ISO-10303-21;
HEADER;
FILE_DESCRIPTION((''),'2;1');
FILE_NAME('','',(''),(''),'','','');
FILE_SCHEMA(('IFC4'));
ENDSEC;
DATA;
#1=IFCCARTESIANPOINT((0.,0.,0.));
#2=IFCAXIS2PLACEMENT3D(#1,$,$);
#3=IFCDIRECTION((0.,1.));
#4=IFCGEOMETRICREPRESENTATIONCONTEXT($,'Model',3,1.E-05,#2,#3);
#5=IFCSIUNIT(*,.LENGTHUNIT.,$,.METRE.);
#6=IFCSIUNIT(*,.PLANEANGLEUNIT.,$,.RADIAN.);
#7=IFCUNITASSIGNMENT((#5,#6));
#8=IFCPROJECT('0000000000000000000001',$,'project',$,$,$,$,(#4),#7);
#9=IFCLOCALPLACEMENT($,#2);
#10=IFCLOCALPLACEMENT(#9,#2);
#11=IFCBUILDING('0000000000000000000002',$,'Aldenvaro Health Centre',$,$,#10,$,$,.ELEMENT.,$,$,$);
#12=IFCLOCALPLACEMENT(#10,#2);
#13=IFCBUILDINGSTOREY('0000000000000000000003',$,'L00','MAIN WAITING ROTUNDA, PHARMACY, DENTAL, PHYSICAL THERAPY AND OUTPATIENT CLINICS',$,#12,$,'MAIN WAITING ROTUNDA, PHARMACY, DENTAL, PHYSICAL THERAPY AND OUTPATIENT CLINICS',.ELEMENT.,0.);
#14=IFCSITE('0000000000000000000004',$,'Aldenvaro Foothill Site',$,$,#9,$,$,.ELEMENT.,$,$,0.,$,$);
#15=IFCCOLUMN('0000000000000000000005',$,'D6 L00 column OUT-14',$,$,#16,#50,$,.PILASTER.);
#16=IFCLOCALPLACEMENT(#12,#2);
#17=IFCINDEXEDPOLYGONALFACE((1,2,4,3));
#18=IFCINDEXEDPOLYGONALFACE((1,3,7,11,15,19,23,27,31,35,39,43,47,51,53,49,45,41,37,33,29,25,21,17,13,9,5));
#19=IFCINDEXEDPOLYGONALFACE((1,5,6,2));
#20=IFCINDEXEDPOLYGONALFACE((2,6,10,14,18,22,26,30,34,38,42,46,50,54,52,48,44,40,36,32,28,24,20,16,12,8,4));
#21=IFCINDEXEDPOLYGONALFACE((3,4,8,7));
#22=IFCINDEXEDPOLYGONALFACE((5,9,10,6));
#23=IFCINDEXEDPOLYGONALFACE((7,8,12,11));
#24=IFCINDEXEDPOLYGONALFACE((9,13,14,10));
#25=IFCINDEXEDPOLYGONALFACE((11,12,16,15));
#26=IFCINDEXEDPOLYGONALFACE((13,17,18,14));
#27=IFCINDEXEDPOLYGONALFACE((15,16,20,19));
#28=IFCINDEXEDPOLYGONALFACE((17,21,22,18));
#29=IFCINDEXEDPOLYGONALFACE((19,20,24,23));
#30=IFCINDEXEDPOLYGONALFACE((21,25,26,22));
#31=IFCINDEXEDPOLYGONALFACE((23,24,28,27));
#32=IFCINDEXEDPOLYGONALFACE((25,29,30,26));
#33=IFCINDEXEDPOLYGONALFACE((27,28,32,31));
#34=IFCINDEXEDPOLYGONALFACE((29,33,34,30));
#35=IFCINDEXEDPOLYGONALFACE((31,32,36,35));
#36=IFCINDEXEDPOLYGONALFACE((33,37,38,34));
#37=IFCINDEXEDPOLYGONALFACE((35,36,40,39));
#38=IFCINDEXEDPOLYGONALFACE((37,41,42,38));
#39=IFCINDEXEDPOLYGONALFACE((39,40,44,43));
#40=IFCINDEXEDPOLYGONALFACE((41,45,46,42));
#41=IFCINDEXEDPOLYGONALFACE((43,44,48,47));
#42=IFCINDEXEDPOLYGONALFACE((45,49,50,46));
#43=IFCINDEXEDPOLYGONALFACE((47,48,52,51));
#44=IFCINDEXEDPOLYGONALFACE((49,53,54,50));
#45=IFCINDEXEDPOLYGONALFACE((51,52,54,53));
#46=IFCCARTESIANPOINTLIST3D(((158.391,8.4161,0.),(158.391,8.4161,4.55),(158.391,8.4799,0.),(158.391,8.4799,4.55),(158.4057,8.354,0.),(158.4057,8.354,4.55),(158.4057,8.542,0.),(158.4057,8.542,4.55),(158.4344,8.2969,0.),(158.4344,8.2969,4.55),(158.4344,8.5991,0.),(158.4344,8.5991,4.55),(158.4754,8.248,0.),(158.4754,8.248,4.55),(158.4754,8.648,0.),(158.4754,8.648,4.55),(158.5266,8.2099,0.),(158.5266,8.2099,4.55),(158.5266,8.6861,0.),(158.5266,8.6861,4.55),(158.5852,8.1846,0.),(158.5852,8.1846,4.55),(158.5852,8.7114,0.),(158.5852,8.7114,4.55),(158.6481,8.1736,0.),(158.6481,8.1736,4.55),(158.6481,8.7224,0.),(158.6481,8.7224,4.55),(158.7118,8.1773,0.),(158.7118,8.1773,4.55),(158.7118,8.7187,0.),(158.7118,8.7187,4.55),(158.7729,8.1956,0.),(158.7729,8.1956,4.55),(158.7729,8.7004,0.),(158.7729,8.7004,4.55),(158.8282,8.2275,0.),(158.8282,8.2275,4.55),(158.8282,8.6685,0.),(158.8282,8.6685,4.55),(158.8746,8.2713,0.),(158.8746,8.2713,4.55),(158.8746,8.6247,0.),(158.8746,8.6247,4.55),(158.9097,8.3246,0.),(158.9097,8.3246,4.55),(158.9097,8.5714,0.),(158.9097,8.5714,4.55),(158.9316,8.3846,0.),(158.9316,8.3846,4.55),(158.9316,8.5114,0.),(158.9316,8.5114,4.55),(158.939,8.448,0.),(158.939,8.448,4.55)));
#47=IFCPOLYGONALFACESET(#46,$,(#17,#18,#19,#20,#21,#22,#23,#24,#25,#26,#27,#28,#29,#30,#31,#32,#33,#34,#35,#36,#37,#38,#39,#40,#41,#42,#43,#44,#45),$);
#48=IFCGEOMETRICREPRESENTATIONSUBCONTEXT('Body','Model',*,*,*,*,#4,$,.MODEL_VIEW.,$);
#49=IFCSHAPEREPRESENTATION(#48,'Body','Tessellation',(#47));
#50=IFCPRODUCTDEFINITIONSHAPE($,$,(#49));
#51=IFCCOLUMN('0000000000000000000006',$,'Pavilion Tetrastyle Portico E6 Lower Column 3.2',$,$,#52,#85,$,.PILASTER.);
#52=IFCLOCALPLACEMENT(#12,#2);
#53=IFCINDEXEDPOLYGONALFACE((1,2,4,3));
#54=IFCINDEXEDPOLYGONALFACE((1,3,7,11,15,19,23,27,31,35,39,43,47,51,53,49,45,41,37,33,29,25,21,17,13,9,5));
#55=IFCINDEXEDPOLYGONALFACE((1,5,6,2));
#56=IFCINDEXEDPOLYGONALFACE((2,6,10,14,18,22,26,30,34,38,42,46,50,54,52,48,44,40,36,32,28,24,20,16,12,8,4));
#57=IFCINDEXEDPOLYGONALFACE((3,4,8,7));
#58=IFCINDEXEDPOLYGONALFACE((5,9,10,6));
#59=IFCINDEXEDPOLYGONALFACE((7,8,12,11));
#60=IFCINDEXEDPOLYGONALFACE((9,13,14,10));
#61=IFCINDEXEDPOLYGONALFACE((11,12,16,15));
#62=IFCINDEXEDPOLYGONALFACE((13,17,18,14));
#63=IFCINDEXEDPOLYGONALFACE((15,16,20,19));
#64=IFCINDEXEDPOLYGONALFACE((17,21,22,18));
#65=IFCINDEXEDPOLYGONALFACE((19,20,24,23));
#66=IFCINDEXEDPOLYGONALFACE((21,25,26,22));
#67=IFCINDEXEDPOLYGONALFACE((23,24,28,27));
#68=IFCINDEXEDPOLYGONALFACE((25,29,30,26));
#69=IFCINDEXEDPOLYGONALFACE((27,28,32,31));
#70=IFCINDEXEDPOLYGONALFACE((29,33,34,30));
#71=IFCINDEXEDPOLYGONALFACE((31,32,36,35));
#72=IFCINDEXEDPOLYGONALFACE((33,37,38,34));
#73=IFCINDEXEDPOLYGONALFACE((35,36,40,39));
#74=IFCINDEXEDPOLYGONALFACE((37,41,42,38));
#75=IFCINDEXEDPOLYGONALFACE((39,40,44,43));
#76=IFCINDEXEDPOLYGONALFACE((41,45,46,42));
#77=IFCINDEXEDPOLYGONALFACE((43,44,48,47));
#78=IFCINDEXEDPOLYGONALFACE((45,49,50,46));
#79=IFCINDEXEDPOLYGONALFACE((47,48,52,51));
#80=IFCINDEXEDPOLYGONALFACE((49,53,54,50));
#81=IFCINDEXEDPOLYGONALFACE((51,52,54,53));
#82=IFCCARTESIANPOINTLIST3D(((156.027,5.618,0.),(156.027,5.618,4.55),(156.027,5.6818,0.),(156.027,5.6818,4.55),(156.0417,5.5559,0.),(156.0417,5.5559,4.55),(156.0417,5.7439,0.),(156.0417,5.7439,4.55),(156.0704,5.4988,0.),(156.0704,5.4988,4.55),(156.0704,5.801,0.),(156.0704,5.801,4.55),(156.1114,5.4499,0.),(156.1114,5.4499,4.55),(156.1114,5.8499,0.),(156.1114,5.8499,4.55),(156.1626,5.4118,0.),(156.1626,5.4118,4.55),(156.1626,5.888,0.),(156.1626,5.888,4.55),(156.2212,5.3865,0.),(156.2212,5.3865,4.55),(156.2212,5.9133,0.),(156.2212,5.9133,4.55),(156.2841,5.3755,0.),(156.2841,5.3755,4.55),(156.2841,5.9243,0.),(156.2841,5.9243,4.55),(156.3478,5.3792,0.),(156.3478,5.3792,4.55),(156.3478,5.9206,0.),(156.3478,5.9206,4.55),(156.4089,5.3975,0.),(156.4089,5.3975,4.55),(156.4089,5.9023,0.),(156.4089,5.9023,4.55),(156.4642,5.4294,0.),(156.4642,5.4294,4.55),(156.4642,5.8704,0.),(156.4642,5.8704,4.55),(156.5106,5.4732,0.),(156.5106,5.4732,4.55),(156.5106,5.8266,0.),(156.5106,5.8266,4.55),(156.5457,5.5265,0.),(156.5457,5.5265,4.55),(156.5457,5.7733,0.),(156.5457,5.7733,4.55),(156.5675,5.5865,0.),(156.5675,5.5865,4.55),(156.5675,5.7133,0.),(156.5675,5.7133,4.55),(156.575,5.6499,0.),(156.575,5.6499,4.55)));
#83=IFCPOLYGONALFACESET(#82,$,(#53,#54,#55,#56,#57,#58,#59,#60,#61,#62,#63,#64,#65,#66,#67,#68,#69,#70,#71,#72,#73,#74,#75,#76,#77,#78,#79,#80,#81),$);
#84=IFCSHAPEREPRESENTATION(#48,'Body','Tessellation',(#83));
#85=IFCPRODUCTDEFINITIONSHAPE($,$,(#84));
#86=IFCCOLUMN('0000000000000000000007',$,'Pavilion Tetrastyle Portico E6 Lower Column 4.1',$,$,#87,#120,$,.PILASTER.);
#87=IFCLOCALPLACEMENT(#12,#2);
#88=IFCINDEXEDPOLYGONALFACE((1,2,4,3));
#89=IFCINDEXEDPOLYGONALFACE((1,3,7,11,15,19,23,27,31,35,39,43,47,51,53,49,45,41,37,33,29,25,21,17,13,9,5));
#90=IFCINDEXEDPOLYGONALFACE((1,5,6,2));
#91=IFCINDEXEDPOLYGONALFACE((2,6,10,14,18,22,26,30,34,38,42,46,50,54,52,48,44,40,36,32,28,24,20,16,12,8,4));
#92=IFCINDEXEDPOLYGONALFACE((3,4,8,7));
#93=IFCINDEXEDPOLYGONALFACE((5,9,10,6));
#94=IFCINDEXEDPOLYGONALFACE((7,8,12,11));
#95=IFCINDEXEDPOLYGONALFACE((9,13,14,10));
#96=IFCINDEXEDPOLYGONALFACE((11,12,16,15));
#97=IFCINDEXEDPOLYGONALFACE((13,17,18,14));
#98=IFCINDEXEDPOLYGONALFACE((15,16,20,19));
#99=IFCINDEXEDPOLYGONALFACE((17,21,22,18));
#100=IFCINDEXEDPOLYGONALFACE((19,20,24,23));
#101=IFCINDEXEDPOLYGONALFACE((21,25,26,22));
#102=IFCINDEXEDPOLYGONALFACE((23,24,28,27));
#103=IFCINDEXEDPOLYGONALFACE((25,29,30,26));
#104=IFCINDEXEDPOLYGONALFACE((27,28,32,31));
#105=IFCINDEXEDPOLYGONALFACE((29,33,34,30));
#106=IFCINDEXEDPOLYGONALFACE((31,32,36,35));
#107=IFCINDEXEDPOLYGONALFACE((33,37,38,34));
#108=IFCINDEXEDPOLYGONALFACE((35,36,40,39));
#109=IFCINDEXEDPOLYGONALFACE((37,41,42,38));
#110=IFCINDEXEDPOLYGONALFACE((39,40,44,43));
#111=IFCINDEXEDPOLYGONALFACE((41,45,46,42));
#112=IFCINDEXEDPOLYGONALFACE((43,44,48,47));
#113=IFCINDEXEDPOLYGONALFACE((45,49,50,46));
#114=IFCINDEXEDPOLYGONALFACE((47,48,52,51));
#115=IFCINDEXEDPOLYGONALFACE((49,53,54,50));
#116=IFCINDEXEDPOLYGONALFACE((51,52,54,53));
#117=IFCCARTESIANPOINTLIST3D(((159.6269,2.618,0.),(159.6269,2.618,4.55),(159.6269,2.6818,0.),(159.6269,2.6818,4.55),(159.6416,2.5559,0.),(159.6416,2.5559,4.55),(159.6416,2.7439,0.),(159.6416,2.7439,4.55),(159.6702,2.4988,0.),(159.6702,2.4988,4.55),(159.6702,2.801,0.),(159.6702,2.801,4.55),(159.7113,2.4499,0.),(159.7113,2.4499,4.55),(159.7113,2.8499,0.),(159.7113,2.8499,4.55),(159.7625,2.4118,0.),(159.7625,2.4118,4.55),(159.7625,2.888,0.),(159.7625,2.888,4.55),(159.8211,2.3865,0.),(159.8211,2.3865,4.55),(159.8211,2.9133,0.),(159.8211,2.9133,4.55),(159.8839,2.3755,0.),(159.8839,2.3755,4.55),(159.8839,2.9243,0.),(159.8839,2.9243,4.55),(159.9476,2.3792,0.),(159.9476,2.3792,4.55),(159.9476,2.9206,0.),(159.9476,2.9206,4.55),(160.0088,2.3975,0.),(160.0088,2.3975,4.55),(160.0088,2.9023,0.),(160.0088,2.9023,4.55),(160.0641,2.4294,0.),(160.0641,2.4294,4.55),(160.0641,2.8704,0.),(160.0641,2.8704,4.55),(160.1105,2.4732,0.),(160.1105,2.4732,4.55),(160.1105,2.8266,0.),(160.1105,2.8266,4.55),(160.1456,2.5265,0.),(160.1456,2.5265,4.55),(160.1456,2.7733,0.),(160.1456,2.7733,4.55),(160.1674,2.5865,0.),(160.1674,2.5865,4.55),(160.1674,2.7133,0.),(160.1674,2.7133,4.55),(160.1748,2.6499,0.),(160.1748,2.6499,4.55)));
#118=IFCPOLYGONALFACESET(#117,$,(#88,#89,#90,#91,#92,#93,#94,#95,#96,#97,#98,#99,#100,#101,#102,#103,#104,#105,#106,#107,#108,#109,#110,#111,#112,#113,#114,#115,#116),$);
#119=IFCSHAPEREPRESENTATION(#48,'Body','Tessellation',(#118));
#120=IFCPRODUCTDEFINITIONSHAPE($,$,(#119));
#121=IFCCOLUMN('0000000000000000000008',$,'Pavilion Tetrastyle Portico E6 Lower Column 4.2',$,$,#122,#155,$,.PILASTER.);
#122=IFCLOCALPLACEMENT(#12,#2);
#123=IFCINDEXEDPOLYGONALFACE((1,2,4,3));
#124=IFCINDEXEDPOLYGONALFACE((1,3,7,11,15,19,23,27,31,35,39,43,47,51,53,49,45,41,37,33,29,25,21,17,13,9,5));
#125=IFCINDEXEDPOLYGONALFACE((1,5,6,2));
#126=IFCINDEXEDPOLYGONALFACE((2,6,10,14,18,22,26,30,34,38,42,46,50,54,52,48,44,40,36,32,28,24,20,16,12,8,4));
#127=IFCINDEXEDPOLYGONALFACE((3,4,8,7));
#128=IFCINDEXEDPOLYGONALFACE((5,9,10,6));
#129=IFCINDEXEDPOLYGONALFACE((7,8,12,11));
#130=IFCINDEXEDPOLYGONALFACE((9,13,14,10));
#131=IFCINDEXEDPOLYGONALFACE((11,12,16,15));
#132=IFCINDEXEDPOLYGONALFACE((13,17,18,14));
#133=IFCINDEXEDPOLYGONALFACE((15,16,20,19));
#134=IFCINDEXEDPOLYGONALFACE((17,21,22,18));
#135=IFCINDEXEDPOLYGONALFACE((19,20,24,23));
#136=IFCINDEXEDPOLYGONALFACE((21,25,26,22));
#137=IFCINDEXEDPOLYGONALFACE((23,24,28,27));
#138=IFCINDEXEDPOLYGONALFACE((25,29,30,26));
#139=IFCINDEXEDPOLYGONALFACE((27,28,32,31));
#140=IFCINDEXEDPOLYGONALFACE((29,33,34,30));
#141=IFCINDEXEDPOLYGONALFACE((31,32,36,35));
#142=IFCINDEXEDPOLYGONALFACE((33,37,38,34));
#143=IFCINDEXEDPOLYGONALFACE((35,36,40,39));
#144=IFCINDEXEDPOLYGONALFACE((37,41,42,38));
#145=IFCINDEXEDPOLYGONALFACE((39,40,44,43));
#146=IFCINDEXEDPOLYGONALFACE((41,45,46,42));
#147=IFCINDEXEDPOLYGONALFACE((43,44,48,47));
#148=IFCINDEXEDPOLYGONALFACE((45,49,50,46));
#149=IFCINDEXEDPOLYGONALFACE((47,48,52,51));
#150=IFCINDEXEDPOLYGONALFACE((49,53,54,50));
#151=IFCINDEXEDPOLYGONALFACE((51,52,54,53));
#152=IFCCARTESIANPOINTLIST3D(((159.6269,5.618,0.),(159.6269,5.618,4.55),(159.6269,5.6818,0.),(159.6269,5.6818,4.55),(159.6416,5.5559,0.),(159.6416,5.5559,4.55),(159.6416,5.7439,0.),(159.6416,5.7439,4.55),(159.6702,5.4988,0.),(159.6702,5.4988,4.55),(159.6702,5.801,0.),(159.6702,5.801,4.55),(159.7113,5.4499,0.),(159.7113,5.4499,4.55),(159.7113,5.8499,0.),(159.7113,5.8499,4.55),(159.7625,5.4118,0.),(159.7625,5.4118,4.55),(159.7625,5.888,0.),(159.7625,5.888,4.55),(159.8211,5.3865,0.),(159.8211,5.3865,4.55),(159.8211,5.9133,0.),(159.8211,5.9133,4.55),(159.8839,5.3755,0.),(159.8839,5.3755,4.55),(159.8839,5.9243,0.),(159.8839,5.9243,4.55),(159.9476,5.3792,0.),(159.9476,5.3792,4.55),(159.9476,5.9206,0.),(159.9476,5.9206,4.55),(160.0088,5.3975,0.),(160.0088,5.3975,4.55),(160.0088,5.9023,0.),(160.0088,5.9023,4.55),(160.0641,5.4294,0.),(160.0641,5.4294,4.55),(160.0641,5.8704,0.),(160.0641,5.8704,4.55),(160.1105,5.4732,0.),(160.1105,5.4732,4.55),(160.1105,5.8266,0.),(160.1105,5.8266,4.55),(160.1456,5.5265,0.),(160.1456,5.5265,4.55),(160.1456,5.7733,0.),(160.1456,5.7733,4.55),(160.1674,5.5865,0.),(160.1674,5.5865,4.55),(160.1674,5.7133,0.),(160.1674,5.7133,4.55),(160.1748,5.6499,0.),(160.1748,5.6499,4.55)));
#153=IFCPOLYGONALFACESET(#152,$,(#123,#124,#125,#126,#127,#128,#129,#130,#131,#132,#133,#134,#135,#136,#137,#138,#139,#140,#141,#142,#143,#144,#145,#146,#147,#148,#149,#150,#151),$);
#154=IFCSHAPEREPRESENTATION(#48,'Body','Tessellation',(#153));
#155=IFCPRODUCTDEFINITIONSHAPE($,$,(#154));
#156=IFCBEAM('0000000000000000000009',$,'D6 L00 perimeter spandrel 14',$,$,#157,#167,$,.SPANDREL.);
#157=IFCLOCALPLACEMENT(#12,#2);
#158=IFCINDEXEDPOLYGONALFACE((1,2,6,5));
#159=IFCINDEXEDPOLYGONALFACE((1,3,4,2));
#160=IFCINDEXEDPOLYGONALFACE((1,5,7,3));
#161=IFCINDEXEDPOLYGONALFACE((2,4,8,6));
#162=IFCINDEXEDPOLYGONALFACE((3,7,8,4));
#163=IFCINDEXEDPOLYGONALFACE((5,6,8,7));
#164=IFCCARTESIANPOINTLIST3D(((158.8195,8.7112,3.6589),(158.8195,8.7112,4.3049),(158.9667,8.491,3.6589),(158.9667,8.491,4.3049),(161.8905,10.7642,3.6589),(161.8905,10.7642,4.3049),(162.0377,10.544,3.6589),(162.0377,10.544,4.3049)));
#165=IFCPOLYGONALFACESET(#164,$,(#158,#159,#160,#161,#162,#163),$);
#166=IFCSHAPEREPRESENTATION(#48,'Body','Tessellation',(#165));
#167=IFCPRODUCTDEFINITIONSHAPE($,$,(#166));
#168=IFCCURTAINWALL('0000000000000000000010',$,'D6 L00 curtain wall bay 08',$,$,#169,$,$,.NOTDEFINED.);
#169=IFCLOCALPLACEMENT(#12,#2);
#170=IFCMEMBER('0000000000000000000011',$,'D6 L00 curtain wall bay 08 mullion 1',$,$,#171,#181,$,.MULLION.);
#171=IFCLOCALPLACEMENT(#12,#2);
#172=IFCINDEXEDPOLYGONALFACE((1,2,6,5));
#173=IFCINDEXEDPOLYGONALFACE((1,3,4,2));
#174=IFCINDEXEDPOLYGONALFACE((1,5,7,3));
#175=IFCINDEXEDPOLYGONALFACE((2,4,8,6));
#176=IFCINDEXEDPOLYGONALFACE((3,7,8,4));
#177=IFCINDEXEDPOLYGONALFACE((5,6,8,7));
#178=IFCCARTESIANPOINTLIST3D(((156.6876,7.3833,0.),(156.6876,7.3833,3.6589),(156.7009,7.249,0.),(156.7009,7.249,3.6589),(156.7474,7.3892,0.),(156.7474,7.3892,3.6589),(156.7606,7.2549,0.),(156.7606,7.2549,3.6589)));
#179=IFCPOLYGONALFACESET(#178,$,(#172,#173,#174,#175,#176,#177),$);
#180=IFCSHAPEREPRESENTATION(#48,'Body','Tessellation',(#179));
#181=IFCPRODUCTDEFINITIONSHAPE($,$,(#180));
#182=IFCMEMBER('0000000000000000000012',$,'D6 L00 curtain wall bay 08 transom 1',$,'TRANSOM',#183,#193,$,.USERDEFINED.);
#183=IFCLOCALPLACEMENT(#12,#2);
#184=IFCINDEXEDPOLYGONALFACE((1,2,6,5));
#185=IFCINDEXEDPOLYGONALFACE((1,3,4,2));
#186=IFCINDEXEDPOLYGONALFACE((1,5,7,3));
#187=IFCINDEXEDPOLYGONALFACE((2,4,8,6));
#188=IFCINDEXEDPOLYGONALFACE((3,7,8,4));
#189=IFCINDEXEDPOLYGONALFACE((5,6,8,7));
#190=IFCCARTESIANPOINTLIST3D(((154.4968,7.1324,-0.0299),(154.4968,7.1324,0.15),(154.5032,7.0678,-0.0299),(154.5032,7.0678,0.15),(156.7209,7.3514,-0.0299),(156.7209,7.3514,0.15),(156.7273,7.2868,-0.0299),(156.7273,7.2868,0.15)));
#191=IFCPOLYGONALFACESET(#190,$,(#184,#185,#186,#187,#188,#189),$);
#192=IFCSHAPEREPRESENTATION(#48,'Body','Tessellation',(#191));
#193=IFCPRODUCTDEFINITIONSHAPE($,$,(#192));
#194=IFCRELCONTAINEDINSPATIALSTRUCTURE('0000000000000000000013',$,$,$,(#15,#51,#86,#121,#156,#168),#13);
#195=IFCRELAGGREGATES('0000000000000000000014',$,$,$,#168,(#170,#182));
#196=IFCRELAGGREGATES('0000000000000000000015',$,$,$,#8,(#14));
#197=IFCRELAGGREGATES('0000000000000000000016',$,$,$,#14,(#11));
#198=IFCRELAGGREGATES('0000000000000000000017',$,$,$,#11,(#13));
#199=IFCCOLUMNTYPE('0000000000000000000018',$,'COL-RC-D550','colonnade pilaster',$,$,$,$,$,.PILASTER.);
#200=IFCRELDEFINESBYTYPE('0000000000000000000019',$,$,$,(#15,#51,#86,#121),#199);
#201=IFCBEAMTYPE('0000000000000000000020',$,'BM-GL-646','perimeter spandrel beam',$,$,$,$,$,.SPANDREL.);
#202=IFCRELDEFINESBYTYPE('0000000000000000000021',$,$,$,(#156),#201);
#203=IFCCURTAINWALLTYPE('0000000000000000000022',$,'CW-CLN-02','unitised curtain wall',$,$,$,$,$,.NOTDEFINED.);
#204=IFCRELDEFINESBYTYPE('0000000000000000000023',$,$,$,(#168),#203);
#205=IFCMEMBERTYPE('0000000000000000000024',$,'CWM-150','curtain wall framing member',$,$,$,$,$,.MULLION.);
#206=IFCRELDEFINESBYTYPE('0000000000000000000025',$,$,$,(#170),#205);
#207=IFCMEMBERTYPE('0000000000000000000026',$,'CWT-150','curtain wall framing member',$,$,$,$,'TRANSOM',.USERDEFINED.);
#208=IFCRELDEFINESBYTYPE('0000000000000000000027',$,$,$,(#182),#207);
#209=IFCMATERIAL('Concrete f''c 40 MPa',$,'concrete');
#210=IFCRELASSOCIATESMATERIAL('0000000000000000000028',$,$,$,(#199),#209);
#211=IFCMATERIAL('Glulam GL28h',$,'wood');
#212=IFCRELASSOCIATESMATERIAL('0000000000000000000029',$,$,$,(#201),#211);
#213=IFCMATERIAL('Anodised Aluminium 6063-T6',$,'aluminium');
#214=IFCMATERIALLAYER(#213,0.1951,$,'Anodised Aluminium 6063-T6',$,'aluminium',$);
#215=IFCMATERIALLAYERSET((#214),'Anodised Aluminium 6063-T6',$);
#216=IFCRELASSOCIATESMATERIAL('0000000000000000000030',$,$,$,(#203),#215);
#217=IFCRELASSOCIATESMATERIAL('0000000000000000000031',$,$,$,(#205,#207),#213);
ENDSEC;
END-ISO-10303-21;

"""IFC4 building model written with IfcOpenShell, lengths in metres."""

from ifc_helpers import new_model, si_unit, direction, frame, origin, origin_2d, place, context, subcontext, project, spatial, rectangle, circle, extrude, material, layer, layer_set, material_profile, profile_set, type_object, element, aggregate, save


model = new_model("IFC4")

# Units and contexts
model_context = context("Model", 3, precision=1e-05, world=origin(), true_north=direction((0.0, 1.0)))
body_context = subcontext(model_context, "Body", "Model", "MODEL_VIEW")
ifc_project = project(units=[si_unit("LENGTHUNIT", "METRE"), si_unit("PLANEANGLEUNIT", "RADIAN")], contexts=[model_context])

# Site, building, storey
site_placement = place(None, origin())
site = spatial("IfcSite", under=ifc_project, at=site_placement, Name="Aldenvaro Foothill Site", CompositionType="ELEMENT", RefElevation=0.0)
building_placement = place(site_placement, origin())
building = spatial("IfcBuilding", under=site, at=building_placement, Name="Aldenvaro Health Centre", CompositionType="ELEMENT")
storey_placement = place(building_placement, origin())
storey = spatial("IfcBuildingStorey", under=building, at=storey_placement, Name="L00", Description="MAIN WAITING ROTUNDA, PHARMACY, DENTAL, PHYSICAL THERAPY AND OUTPATIENT CLINICS", LongName="MAIN WAITING ROTUNDA, PHARMACY, DENTAL, PHYSICAL THERAPY AND OUTPATIENT CLINICS", CompositionType="ELEMENT", Elevation=0.0)

# Columns
ifc_material_1 = material(Name="Concrete f'c 40 MPa", Category="concrete")
ifc_material_profile_1 = material_profile(ifc_material_1, circle(Radius=0.2749, at=origin_2d()), Name="RC D550", Category="concrete")
ifc_profile_set_1 = profile_set([ifc_material_profile_1], Name="Concrete f'c 40 MPa")
column_type = type_object("IfcColumnType", Name="COL-RC-D550", Description="colonnade pilaster", PredefinedType="PILASTER", material=ifc_profile_set_1)
for number, where, z_axis, x_axis, name in (
    (1, (158.6641, 8.448, 0.0), (0.0, 0.0, 1.0), (1.0, 0.0, 0.0), "D6 L00 column OUT-14"),
    (2, (156.3, 5.6499, 0.0), (0.0, 0.0, 1.0), (1.0, 0.0, 0.0), "Pavilion Tetrastyle Portico E6 Lower Column 3.2"),
    (3, (159.8999, 2.6499, 0.0), (0.0, 0.0, 1.0), (1.0, 0.0, 0.0), "Pavilion Tetrastyle Portico E6 Lower Column 4.1"),
    (4, (159.8999, 5.6499, 0.0), (0.0, 0.0, 1.0), (1.0, 0.0, 0.0), "Pavilion Tetrastyle Portico E6 Lower Column 4.2"),
):
    element("IfcColumn", number, at=place(storey_placement, frame(where, z_axis=z_axis, x_axis=x_axis)), inside=storey, type_object=column_type, Name=name, PredefinedType="PILASTER", context=body_context, shape_type="SweptSolid", body=[
        extrude(circle(Radius=0.2749, at=origin_2d()), origin(), (0.0, 0.0, 1.0), 4.55),
    ])

# Beam
ifc_material_2 = material(Name="Glulam GL28h", Category="wood")
ifc_material_profile_2 = material_profile(ifc_material_2, rectangle(XDim=0.2649, YDim=0.646, at=origin_2d()), Name="GL 265x646", Category="wood")
ifc_profile_set_2 = profile_set([ifc_material_profile_2], Name="Glulam GL28h")
beam_type = type_object("IfcBeamType", Name="BM-GL-646", Description="perimeter spandrel beam", PredefinedType="SPANDREL", material=ifc_profile_set_2)
beam_placement = place(storey_placement, frame((158.8931, 8.6011, 3.9819), z_axis=(0.831348, 0.555752, 0.0), x_axis=(-0.555752, 0.831348, 0.0)))
element("IfcBeam", 5, at=beam_placement, inside=storey, type_object=beam_type, Name="D6 L00 perimeter spandrel 14", PredefinedType="SPANDREL", context=body_context, shape_type="SweptSolid", body=[
    extrude(rectangle(XDim=0.2649, YDim=0.646, at=origin_2d()), origin(), (0.0, 0.0, 1.0), 3.6941),
])

# Curtain wall, members
ifc_material_3 = material(Name="Anodised Aluminium 6063-T6", Category="aluminium")
ifc_layer_1 = layer(ifc_material_3, 0.1951, Name="Anodised Aluminium 6063-T6", Category="aluminium")
ifc_layer_set_1 = layer_set([ifc_layer_1], Name="Anodised Aluminium 6063-T6")
curtain_wall_type = type_object("IfcCurtainWallType", Name="CW-CLN-02", Description="unitised curtain wall", PredefinedType="NOTDEFINED", material=ifc_layer_set_1)
curtain_wall_placement = place(storey_placement, origin())
curtain_wall = element("IfcCurtainWall", 6, at=curtain_wall_placement, inside=storey, type_object=curtain_wall_type, Name="D6 L00 curtain wall bay 08", PredefinedType="NOTDEFINED")
ifc_material_profile_3 = material_profile(ifc_material_3, rectangle(XDim=0.0601, YDim=0.135, at=origin_2d()), Name="ALU 60x135", Category="aluminium")
ifc_profile_set_3 = profile_set([ifc_material_profile_3], Name="Anodised Aluminium 6063-T6")
member_type_1 = type_object("IfcMemberType", Name="CWM-150", Description="curtain wall framing member", PredefinedType="MULLION", material=ifc_profile_set_3)
member_1_placement = place(storey_placement, frame((156.7241, 7.3191, 0.0), z_axis=(0.0, 0.0, 1.0), x_axis=(-0.995187, -0.097997, 0.0)))
member_1 = element("IfcMember", 7, at=member_1_placement, type_object=member_type_1, Name="D6 L00 curtain wall bay 08 mullion 1", PredefinedType="MULLION", context=body_context, shape_type="SweptSolid", body=[
    extrude(rectangle(XDim=0.0601, YDim=0.135, at=origin_2d()), origin(), (0.0, 0.0, 1.0), 3.6589),
])
ifc_material_profile_4 = material_profile(ifc_material_3, rectangle(XDim=0.0649, YDim=0.1799, at=origin_2d()), Name="ALU 65x180", Category="aluminium")
ifc_profile_set_4 = profile_set([ifc_material_profile_4], Name="Anodised Aluminium 6063-T6")
member_type_2 = type_object("IfcMemberType", Name="CWT-150", Description="curtain wall framing member", ElementType="TRANSOM", PredefinedType="USERDEFINED", material=ifc_profile_set_4)
member_2_placement = place(storey_placement, frame((156.7241, 7.3191, 0.0601), z_axis=(-0.995187, -0.097989, 0.0), x_axis=(0.097989, -0.995187, 0.0)))
member_2 = element("IfcMember", 8, at=member_2_placement, type_object=member_type_2, Name="D6 L00 curtain wall bay 08 transom 1", ObjectType="TRANSOM", PredefinedType="USERDEFINED", context=body_context, shape_type="SweptSolid", body=[
    extrude(rectangle(XDim=0.0649, YDim=0.1799, at=origin_2d()), origin(), (0.0, 0.0, 1.0), 2.2349),
])
aggregate(curtain_wall, [member_1, member_2])

save(model, "model.ifc")
